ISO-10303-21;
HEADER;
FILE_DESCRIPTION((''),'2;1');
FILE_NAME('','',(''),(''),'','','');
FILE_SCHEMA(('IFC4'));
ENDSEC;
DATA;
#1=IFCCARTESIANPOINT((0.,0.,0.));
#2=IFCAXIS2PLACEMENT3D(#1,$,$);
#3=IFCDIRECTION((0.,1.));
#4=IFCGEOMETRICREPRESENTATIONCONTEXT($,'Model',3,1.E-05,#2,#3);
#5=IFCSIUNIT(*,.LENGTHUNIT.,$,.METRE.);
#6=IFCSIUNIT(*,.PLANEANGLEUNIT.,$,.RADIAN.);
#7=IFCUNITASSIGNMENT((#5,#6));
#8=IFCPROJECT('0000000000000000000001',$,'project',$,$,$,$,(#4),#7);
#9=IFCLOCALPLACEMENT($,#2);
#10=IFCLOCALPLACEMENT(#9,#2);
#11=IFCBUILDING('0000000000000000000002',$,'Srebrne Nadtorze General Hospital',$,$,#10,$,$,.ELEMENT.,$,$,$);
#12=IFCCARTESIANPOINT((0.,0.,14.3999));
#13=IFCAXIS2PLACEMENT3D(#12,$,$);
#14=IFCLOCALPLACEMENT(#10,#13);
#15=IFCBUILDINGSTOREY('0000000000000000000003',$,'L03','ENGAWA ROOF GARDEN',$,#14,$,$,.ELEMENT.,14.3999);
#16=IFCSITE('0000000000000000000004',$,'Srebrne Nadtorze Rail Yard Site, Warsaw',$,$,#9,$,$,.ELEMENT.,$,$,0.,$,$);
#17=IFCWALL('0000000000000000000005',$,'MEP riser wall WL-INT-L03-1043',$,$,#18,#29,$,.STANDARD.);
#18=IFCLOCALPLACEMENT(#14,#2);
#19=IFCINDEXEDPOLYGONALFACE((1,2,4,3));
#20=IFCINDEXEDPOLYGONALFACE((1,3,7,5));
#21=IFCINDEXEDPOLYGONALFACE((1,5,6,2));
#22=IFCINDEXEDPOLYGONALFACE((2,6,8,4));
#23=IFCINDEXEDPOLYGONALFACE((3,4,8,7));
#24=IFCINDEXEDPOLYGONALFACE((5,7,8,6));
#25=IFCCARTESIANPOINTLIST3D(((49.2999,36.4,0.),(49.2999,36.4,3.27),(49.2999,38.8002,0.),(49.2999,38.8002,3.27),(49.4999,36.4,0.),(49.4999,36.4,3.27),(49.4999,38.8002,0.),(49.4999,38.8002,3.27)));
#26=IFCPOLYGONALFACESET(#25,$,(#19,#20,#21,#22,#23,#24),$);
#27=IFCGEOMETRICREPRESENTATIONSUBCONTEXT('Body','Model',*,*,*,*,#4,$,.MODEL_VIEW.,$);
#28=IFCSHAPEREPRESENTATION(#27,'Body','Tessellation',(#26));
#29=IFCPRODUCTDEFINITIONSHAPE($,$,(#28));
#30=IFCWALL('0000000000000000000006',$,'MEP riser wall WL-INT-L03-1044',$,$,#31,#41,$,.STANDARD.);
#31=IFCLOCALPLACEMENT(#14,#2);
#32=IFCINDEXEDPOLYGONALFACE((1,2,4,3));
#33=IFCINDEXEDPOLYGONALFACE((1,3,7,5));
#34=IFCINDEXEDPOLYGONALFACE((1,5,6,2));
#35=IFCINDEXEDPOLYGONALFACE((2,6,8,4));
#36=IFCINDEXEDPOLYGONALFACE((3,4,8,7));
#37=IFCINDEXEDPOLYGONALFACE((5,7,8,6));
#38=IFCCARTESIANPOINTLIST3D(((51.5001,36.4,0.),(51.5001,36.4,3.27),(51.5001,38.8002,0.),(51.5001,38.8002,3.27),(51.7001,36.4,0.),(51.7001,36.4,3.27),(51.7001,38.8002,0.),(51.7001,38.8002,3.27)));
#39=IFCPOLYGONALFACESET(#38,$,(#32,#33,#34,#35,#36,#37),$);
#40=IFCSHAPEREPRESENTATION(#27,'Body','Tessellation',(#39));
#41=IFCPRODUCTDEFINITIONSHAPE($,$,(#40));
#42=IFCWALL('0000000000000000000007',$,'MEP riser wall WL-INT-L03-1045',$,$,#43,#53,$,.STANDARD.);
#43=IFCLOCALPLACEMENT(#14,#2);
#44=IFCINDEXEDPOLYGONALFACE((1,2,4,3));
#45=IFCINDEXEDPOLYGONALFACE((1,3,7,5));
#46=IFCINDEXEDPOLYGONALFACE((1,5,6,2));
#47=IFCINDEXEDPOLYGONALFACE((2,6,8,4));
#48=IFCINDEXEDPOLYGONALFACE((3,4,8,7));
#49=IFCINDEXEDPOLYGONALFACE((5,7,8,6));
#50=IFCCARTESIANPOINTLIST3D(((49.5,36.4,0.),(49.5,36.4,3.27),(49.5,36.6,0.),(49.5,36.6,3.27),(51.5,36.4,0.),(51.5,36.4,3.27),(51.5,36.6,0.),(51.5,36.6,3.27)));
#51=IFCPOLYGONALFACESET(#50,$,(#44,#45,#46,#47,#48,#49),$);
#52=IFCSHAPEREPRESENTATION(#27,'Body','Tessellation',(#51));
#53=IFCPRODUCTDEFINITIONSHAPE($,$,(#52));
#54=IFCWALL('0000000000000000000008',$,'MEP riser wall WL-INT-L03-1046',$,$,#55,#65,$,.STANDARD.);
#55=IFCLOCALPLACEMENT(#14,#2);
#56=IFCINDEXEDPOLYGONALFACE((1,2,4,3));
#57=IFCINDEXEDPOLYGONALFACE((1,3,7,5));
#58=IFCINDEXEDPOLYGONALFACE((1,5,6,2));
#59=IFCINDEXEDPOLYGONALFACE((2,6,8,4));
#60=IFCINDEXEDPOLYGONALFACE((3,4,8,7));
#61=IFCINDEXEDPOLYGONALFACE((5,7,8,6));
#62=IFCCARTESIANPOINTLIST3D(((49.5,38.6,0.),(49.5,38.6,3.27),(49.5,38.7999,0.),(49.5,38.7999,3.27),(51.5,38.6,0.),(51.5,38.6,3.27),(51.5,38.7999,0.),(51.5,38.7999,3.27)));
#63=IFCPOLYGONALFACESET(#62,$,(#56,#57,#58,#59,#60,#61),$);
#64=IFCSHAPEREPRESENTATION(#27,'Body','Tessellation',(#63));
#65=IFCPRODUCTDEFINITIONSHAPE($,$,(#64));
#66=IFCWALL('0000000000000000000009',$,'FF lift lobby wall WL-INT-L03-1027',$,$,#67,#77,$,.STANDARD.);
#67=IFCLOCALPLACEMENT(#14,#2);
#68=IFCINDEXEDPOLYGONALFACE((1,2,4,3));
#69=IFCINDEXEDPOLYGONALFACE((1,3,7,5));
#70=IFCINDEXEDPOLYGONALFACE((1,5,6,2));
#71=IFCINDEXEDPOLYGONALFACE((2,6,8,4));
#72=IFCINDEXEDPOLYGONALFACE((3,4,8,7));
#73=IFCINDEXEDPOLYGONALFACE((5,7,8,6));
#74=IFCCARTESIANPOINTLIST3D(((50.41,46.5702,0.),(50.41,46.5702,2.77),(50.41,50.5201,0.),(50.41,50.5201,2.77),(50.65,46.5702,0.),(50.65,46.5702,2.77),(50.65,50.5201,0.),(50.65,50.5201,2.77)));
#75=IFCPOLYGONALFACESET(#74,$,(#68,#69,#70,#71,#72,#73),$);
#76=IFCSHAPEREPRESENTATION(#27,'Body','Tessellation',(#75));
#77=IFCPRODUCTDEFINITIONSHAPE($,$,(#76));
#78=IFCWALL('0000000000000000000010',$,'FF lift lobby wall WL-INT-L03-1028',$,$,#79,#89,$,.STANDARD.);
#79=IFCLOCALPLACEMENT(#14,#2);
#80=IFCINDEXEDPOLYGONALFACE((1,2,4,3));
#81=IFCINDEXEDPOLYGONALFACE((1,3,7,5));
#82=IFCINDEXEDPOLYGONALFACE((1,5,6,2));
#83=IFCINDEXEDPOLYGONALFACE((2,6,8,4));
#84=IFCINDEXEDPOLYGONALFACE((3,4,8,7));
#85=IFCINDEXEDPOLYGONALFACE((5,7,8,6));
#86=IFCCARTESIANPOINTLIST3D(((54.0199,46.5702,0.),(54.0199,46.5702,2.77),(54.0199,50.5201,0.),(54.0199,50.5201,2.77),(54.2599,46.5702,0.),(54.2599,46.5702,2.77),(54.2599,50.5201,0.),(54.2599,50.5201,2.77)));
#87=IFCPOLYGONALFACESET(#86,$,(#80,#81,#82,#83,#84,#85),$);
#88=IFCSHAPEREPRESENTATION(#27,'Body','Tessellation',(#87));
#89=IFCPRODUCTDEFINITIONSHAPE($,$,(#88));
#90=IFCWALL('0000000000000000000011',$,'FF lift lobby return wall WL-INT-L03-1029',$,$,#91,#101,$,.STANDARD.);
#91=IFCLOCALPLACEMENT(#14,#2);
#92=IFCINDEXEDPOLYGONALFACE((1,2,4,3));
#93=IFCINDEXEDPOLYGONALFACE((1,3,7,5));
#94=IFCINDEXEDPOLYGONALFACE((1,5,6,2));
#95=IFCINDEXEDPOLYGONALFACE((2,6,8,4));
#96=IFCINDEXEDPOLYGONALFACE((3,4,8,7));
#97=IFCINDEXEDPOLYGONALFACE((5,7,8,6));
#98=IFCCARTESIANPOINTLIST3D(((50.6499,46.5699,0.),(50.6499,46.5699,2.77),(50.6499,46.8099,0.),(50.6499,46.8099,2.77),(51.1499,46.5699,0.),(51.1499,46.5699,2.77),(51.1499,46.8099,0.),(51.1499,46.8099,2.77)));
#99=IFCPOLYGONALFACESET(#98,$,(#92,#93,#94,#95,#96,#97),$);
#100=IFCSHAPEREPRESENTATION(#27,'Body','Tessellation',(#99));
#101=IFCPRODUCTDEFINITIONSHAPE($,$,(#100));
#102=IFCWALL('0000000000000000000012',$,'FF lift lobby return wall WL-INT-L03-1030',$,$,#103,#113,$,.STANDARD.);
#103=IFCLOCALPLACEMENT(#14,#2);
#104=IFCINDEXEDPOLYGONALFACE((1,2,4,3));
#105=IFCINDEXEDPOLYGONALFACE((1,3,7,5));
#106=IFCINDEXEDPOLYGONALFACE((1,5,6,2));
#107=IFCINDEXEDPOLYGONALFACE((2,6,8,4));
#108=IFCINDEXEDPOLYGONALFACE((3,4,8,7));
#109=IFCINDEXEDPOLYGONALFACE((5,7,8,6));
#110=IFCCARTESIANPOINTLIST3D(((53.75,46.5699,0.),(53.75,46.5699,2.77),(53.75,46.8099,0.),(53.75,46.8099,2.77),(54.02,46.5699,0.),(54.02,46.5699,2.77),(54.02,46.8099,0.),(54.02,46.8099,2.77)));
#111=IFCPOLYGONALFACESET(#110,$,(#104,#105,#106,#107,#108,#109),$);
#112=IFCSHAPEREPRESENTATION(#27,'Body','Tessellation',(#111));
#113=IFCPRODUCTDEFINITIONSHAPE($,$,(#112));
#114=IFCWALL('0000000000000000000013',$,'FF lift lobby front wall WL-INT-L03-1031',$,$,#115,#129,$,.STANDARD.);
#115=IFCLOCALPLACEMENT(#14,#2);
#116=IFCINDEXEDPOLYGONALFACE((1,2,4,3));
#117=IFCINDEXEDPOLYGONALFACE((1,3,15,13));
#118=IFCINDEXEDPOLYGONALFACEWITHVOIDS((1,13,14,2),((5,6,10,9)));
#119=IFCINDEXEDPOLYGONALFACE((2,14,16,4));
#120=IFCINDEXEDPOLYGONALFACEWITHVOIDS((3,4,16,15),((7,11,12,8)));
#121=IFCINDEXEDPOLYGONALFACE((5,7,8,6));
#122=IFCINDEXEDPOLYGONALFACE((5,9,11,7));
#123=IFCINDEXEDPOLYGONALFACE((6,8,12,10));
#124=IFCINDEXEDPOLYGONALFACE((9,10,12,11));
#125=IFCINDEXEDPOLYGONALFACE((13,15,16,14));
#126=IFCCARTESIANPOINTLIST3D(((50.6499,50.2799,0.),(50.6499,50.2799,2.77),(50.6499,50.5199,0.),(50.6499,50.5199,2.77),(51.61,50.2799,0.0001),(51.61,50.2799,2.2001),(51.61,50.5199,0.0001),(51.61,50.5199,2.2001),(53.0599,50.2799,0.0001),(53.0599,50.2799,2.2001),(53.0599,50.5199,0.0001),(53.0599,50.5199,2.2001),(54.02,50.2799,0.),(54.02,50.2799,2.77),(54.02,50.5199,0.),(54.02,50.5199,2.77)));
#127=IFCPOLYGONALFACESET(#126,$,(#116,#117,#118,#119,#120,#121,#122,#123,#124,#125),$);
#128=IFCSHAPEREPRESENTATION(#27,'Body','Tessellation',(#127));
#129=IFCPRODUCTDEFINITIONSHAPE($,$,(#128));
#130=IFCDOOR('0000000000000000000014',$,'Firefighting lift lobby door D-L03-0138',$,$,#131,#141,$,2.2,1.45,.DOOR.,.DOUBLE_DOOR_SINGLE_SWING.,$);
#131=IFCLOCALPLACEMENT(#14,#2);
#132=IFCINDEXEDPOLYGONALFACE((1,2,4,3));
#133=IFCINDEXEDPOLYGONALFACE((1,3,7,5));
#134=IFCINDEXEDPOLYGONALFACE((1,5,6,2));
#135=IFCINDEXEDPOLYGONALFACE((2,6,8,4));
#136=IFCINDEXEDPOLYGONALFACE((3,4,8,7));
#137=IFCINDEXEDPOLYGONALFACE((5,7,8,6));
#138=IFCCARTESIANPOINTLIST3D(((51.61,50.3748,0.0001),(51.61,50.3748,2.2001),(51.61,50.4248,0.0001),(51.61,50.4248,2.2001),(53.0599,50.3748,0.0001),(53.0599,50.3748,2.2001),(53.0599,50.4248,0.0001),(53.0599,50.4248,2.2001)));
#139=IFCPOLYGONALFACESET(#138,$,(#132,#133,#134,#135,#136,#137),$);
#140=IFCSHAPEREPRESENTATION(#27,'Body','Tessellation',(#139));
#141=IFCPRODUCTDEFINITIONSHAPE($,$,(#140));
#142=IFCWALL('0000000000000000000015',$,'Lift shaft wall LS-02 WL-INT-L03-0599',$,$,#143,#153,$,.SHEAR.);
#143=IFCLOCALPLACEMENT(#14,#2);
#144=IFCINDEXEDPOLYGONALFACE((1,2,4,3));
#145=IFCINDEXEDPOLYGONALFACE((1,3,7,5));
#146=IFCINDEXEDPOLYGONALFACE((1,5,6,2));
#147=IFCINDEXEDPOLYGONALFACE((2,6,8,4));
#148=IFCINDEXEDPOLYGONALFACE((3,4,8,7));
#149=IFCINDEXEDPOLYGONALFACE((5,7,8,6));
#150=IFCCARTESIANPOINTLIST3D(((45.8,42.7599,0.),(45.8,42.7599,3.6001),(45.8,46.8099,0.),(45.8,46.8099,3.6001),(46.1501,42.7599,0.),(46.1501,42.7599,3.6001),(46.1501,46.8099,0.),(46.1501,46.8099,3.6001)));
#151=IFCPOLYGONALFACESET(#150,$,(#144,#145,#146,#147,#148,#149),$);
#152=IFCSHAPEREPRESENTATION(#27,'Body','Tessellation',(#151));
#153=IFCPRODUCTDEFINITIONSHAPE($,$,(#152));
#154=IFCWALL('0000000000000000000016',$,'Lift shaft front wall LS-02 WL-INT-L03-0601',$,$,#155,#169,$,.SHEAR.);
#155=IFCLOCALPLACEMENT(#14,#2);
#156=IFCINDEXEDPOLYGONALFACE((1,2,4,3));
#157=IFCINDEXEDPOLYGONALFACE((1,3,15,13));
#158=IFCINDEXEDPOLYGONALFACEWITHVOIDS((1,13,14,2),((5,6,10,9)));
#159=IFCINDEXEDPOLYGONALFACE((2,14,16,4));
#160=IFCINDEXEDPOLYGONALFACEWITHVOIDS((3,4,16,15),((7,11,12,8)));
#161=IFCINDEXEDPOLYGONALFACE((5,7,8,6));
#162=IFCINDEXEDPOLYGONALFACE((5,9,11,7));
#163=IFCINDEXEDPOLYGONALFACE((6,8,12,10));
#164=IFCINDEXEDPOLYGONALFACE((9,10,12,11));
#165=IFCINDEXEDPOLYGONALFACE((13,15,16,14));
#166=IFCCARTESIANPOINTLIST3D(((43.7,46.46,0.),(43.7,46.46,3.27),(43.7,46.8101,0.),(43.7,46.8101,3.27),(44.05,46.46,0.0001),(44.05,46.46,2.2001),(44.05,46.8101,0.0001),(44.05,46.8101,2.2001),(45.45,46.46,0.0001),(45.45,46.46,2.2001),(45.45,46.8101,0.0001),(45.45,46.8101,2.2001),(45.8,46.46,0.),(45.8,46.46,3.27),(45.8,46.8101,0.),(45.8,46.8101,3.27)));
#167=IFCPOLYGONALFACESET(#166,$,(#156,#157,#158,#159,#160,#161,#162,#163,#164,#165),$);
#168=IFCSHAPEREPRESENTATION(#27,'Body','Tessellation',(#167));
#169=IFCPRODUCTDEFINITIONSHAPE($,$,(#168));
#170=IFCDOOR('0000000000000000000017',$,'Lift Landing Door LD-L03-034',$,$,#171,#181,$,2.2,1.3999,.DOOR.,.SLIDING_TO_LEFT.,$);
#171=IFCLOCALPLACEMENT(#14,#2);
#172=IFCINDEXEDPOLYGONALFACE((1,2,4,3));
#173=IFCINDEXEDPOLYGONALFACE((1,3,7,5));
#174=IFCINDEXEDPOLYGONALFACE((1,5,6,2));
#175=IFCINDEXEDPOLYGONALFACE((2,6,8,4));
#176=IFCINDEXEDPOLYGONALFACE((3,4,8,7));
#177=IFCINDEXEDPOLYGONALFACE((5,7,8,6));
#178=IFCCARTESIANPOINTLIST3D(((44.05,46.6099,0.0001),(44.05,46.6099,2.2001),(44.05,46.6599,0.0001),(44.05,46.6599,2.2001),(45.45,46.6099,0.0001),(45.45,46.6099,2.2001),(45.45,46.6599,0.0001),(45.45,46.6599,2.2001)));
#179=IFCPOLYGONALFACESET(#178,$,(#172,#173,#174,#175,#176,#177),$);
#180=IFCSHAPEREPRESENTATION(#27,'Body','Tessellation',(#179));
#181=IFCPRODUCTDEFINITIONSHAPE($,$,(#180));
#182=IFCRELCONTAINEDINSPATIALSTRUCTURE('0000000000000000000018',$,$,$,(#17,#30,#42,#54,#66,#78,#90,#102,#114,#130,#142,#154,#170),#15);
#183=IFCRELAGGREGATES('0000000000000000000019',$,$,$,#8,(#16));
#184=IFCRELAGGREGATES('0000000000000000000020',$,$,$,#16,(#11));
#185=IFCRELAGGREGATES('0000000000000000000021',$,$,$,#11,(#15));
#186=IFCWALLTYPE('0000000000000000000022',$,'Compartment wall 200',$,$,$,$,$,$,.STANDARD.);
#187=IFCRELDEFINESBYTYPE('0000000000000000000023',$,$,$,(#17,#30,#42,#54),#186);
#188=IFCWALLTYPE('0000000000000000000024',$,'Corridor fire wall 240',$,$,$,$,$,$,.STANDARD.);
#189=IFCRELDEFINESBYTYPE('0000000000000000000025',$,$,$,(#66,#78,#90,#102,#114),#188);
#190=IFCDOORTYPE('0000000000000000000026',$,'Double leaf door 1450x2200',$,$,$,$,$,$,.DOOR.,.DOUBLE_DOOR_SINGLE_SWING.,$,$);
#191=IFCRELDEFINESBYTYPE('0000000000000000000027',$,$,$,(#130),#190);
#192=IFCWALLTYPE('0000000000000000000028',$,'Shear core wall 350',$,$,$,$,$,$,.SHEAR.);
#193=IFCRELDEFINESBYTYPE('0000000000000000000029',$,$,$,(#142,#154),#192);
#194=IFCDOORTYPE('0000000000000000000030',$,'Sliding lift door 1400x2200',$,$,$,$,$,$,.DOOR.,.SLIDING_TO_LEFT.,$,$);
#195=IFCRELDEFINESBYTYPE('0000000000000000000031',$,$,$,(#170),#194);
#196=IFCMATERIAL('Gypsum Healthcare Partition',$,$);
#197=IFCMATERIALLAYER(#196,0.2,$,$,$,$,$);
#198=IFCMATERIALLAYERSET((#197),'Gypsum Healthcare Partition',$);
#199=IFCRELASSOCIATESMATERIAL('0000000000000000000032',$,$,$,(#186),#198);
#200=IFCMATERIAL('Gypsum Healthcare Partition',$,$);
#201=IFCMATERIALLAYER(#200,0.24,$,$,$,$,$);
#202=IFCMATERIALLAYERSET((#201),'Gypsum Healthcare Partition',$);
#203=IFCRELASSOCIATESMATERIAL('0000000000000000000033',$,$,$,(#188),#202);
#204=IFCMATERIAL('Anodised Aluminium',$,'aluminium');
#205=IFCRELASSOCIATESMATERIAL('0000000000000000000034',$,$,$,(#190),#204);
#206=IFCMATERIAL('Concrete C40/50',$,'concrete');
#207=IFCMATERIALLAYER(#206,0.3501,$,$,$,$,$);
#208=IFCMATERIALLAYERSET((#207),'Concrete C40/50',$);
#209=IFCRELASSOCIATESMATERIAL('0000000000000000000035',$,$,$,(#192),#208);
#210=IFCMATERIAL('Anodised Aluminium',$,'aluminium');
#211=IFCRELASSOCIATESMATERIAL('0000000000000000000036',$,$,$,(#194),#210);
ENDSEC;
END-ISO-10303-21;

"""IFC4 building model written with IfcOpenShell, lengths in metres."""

from ifc_helpers import new_model, si_unit, direction, frame, frame_2d, origin, place, context, subcontext, project, spatial, rectangle, extrude, material, layer, layer_set, type_object, element, fill, save


model = new_model("IFC4")

# Units and contexts
model_context = context("Model", 3, precision=1e-05, world=origin(), true_north=direction((0.0, 1.0)))
body_context = subcontext(model_context, "Body", "Model", "MODEL_VIEW")
ifc_project = project(units=[si_unit("LENGTHUNIT", "METRE"), si_unit("PLANEANGLEUNIT", "RADIAN")], contexts=[model_context])

# Site, building, storey
site_placement = place(None, origin())
site = spatial("IfcSite", under=ifc_project, at=site_placement, Name="Srebrne Nadtorze Rail Yard Site, Warsaw", CompositionType="ELEMENT", RefElevation=0.0)
building_placement = place(site_placement, origin())
building = spatial("IfcBuilding", under=site, at=building_placement, Name="Srebrne Nadtorze General Hospital", CompositionType="ELEMENT")
storey_placement = place(building_placement, frame((0.0, 0.0, 14.3999)))
storey = spatial("IfcBuildingStorey", under=building, at=storey_placement, Name="L03", Description="ENGAWA ROOF GARDEN", CompositionType="ELEMENT", Elevation=14.3999)

# Walls
ifc_material_1 = material(Name="Gypsum Healthcare Partition")
ifc_layer_1 = layer(ifc_material_1, 0.2)
ifc_layer_set_1 = layer_set([ifc_layer_1], Name="Gypsum Healthcare Partition")
wall_type_1 = type_object("IfcWallType", Name="Compartment wall 200", PredefinedType="STANDARD", material=ifc_layer_set_1)
for number, where, z_axis, x_axis, name in (
    (1, (49.3999, 36.3999, 0.0), (0.0, 0.0, 1.0), (0.0, 1.0, 0.0), "MEP riser wall WL-INT-L03-1043"),
    (2, (51.6001, 36.3999, 0.0), (0.0, 0.0, 1.0), (0.0, 1.0, 0.0), "MEP riser wall WL-INT-L03-1044"),
):
    element("IfcWall", number, at=place(storey_placement, frame(where, z_axis=z_axis, x_axis=x_axis)), inside=storey, type_object=wall_type_1, Name=name, PredefinedType="STANDARD", context=body_context, shape_type="SweptSolid", body=[
        extrude(rectangle(XDim=2.4001, YDim=0.2, at=frame_2d((1.2002, 0.0))), origin(), (0.0, 0.0, 1.0), 3.27),
    ])
for number, where, z_axis, x_axis, name in (
    (3, (49.5, 36.5, 0.0), (0.0, 0.0, 1.0), (1.0, 0.0, 0.0), "MEP riser wall WL-INT-L03-1045"),
    (4, (49.5, 38.7, 0.0), (0.0, 0.0, 1.0), (1.0, 0.0, 0.0), "MEP riser wall WL-INT-L03-1046"),
):
    element("IfcWall", number, at=place(storey_placement, frame(where, z_axis=z_axis, x_axis=x_axis)), inside=storey, type_object=wall_type_1, Name=name, PredefinedType="STANDARD", context=body_context, shape_type="SweptSolid", body=[
        extrude(rectangle(XDim=2.0, YDim=0.2, at=frame_2d((1.0, 0.0))), origin(), (0.0, 0.0, 1.0), 3.27),
    ])
ifc_material_2 = material(Name="Gypsum Healthcare Partition")
ifc_layer_2 = layer(ifc_material_2, 0.24)
ifc_layer_set_2 = layer_set([ifc_layer_2], Name="Gypsum Healthcare Partition")
wall_type_2 = type_object("IfcWallType", Name="Corridor fire wall 240", PredefinedType="STANDARD", material=ifc_layer_set_2)
for number, where, z_axis, x_axis, name in (
    (5, (50.53, 46.5701, 0.0), (0.0, 0.0, 1.0), (0.0, 1.0, 0.0), "FF lift lobby wall WL-INT-L03-1027"),
    (6, (54.1399, 46.5701, 0.0), (0.0, 0.0, 1.0), (0.0, 1.0, 0.0), "FF lift lobby wall WL-INT-L03-1028"),
):
    element("IfcWall", number, at=place(storey_placement, frame(where, z_axis=z_axis, x_axis=x_axis)), inside=storey, type_object=wall_type_2, Name=name, PredefinedType="STANDARD", context=body_context, shape_type="SweptSolid", body=[
        extrude(rectangle(XDim=3.95, YDim=0.24, at=frame_2d((1.9751, 0.0))), origin(), (0.0, 0.0, 1.0), 2.77),
    ])
wall_1_placement = place(storey_placement, frame((50.6499, 46.6899, 0.0), z_axis=(0.0, 0.0, 1.0), x_axis=(1.0, 0.0, 0.0)))
element("IfcWall", 7, at=wall_1_placement, inside=storey, type_object=wall_type_2, Name="FF lift lobby return wall WL-INT-L03-1029", PredefinedType="STANDARD", context=body_context, shape_type="SweptSolid", body=[
    extrude(rectangle(XDim=0.5, YDim=0.24, at=frame_2d((0.25, 0.0))), origin(), (0.0, 0.0, 1.0), 2.77),
])
wall_2_placement = place(storey_placement, frame((53.75, 46.6899, 0.0), z_axis=(0.0, 0.0, 1.0), x_axis=(1.0, 0.0, 0.0)))
element("IfcWall", 8, at=wall_2_placement, inside=storey, type_object=wall_type_2, Name="FF lift lobby return wall WL-INT-L03-1030", PredefinedType="STANDARD", context=body_context, shape_type="SweptSolid", body=[
    extrude(rectangle(XDim=0.27, YDim=0.24, at=frame_2d((0.135, 0.0))), origin(), (0.0, 0.0, 1.0), 2.77),
])

# Wall, opening, door
wall_3_placement = place(storey_placement, frame((50.6499, 50.3999, 0.0), z_axis=(0.0, 0.0, 1.0), x_axis=(1.0, 0.0, 0.0)))
wall_3 = element("IfcWall", 9, at=wall_3_placement, inside=storey, type_object=wall_type_2, Name="FF lift lobby front wall WL-INT-L03-1031", PredefinedType="STANDARD", context=body_context, shape_type="SweptSolid", body=[
    extrude(rectangle(XDim=3.3701, YDim=0.24, at=frame_2d((1.6851, 0.0))), origin(), (0.0, 0.0, 1.0), 2.77),
])
opening_1_placement = place(wall_3_placement, frame((0.96, 0.0, 0.0)))
opening_1 = element("IfcOpeningElement", 10, at=opening_1_placement, cuts=wall_3, PredefinedType="OPENING", context=body_context, shape_type="SweptSolid", body=[
    extrude(rectangle(XDim=1.45, YDim=2.2, at=frame_2d((0.7251, 1.1001))), frame((0.0, 0.1318, 0.0), z_axis=(0.0, -1.0, 0.0), x_axis=(1.0, 0.0, 0.0)), (0.0, 0.0, 1.0), 0.2639),
])
ifc_material_3 = material(Name="Anodised Aluminium", Category="aluminium")
door_type_1 = type_object("IfcDoorType", Name="Double leaf door 1450x2200", OperationType="DOUBLE_DOOR_SINGLE_SWING", PredefinedType="DOOR", material=ifc_material_3)
door_1_placement = place(opening_1_placement, origin())
door_1 = element("IfcDoor", 11, at=door_1_placement, inside=storey, type_object=door_type_1, Name="Firefighting lift lobby door D-L03-0138", OperationType="DOUBLE_DOOR_SINGLE_SWING", OverallHeight=2.2, OverallWidth=1.45, PredefinedType="DOOR", context=body_context, shape_type="SweptSolid", body=[
    extrude(rectangle(XDim=1.45, YDim=2.2, at=frame_2d((0.7251, 1.1001))), frame((0.0, 0.0249, 0.0), z_axis=(0.0, -1.0, 0.0), x_axis=(1.0, 0.0, 0.0)), (0.0, 0.0, 1.0), 0.05),
])
fill(opening_1, door_1)

# Wall
ifc_material_4 = material(Name="Concrete C40/50", Category="concrete")
ifc_layer_3 = layer(ifc_material_4, 0.3501)
ifc_layer_set_3 = layer_set([ifc_layer_3], Name="Concrete C40/50")
wall_type_3 = type_object("IfcWallType", Name="Shear core wall 350", PredefinedType="SHEAR", material=ifc_layer_set_3)
wall_4_placement = place(storey_placement, frame((45.9751, 42.76, 0.0), z_axis=(0.0, 0.0, 1.0), x_axis=(0.0, 1.0, 0.0)))
element("IfcWall", 12, at=wall_4_placement, inside=storey, type_object=wall_type_3, Name="Lift shaft wall LS-02 WL-INT-L03-0599", PredefinedType="SHEAR", context=body_context, shape_type="SweptSolid", body=[
    extrude(rectangle(XDim=4.05, YDim=0.3501, at=frame_2d((2.0249, 0.0))), origin(), (0.0, 0.0, 1.0), 3.6001),
])

# Wall, opening, door
wall_5_placement = place(storey_placement, frame((43.7, 46.635, 0.0), z_axis=(0.0, 0.0, 1.0), x_axis=(1.0, 0.0, 0.0)))
wall_5 = element("IfcWall", 13, at=wall_5_placement, inside=storey, type_object=wall_type_3, Name="Lift shaft front wall LS-02 WL-INT-L03-0601", PredefinedType="SHEAR", context=body_context, shape_type="SweptSolid", body=[
    extrude(rectangle(XDim=2.1001, YDim=0.3501, at=frame_2d((1.05, 0.0))), origin(), (0.0, 0.0, 1.0), 3.27),
])
opening_2_placement = place(wall_5_placement, frame((0.3501, 0.0, 0.0)))
opening_2 = element("IfcOpeningElement", 14, at=opening_2_placement, cuts=wall_5, PredefinedType="OPENING", context=body_context, shape_type="SweptSolid", body=[
    extrude(rectangle(XDim=1.3999, YDim=2.2, at=frame_2d((0.7, 1.1001))), frame((0.0, 0.187, 0.0), z_axis=(0.0, -1.0, 0.0), x_axis=(1.0, 0.0, 0.0)), (0.0, 0.0, 1.0), 0.374),
])
ifc_material_5 = material(Name="Anodised Aluminium", Category="aluminium")
door_type_2 = type_object("IfcDoorType", Name="Sliding lift door 1400x2200", OperationType="SLIDING_TO_LEFT", PredefinedType="DOOR", material=ifc_material_5)
door_2_placement = place(opening_2_placement, origin())
door_2 = element("IfcDoor", 15, at=door_2_placement, inside=storey, type_object=door_type_2, Name="Lift Landing Door LD-L03-034", OperationType="SLIDING_TO_LEFT", OverallHeight=2.2, OverallWidth=1.3999, PredefinedType="DOOR", context=body_context, shape_type="SweptSolid", body=[
    extrude(rectangle(XDim=1.3999, YDim=2.2, at=frame_2d((0.7, 1.1001))), frame((0.0, 0.0249, 0.0), z_axis=(0.0, -1.0, 0.0), x_axis=(1.0, 0.0, 0.0)), (0.0, 0.0, 1.0), 0.05),
])
fill(opening_2, door_2)

save(model, "model.ifc")
